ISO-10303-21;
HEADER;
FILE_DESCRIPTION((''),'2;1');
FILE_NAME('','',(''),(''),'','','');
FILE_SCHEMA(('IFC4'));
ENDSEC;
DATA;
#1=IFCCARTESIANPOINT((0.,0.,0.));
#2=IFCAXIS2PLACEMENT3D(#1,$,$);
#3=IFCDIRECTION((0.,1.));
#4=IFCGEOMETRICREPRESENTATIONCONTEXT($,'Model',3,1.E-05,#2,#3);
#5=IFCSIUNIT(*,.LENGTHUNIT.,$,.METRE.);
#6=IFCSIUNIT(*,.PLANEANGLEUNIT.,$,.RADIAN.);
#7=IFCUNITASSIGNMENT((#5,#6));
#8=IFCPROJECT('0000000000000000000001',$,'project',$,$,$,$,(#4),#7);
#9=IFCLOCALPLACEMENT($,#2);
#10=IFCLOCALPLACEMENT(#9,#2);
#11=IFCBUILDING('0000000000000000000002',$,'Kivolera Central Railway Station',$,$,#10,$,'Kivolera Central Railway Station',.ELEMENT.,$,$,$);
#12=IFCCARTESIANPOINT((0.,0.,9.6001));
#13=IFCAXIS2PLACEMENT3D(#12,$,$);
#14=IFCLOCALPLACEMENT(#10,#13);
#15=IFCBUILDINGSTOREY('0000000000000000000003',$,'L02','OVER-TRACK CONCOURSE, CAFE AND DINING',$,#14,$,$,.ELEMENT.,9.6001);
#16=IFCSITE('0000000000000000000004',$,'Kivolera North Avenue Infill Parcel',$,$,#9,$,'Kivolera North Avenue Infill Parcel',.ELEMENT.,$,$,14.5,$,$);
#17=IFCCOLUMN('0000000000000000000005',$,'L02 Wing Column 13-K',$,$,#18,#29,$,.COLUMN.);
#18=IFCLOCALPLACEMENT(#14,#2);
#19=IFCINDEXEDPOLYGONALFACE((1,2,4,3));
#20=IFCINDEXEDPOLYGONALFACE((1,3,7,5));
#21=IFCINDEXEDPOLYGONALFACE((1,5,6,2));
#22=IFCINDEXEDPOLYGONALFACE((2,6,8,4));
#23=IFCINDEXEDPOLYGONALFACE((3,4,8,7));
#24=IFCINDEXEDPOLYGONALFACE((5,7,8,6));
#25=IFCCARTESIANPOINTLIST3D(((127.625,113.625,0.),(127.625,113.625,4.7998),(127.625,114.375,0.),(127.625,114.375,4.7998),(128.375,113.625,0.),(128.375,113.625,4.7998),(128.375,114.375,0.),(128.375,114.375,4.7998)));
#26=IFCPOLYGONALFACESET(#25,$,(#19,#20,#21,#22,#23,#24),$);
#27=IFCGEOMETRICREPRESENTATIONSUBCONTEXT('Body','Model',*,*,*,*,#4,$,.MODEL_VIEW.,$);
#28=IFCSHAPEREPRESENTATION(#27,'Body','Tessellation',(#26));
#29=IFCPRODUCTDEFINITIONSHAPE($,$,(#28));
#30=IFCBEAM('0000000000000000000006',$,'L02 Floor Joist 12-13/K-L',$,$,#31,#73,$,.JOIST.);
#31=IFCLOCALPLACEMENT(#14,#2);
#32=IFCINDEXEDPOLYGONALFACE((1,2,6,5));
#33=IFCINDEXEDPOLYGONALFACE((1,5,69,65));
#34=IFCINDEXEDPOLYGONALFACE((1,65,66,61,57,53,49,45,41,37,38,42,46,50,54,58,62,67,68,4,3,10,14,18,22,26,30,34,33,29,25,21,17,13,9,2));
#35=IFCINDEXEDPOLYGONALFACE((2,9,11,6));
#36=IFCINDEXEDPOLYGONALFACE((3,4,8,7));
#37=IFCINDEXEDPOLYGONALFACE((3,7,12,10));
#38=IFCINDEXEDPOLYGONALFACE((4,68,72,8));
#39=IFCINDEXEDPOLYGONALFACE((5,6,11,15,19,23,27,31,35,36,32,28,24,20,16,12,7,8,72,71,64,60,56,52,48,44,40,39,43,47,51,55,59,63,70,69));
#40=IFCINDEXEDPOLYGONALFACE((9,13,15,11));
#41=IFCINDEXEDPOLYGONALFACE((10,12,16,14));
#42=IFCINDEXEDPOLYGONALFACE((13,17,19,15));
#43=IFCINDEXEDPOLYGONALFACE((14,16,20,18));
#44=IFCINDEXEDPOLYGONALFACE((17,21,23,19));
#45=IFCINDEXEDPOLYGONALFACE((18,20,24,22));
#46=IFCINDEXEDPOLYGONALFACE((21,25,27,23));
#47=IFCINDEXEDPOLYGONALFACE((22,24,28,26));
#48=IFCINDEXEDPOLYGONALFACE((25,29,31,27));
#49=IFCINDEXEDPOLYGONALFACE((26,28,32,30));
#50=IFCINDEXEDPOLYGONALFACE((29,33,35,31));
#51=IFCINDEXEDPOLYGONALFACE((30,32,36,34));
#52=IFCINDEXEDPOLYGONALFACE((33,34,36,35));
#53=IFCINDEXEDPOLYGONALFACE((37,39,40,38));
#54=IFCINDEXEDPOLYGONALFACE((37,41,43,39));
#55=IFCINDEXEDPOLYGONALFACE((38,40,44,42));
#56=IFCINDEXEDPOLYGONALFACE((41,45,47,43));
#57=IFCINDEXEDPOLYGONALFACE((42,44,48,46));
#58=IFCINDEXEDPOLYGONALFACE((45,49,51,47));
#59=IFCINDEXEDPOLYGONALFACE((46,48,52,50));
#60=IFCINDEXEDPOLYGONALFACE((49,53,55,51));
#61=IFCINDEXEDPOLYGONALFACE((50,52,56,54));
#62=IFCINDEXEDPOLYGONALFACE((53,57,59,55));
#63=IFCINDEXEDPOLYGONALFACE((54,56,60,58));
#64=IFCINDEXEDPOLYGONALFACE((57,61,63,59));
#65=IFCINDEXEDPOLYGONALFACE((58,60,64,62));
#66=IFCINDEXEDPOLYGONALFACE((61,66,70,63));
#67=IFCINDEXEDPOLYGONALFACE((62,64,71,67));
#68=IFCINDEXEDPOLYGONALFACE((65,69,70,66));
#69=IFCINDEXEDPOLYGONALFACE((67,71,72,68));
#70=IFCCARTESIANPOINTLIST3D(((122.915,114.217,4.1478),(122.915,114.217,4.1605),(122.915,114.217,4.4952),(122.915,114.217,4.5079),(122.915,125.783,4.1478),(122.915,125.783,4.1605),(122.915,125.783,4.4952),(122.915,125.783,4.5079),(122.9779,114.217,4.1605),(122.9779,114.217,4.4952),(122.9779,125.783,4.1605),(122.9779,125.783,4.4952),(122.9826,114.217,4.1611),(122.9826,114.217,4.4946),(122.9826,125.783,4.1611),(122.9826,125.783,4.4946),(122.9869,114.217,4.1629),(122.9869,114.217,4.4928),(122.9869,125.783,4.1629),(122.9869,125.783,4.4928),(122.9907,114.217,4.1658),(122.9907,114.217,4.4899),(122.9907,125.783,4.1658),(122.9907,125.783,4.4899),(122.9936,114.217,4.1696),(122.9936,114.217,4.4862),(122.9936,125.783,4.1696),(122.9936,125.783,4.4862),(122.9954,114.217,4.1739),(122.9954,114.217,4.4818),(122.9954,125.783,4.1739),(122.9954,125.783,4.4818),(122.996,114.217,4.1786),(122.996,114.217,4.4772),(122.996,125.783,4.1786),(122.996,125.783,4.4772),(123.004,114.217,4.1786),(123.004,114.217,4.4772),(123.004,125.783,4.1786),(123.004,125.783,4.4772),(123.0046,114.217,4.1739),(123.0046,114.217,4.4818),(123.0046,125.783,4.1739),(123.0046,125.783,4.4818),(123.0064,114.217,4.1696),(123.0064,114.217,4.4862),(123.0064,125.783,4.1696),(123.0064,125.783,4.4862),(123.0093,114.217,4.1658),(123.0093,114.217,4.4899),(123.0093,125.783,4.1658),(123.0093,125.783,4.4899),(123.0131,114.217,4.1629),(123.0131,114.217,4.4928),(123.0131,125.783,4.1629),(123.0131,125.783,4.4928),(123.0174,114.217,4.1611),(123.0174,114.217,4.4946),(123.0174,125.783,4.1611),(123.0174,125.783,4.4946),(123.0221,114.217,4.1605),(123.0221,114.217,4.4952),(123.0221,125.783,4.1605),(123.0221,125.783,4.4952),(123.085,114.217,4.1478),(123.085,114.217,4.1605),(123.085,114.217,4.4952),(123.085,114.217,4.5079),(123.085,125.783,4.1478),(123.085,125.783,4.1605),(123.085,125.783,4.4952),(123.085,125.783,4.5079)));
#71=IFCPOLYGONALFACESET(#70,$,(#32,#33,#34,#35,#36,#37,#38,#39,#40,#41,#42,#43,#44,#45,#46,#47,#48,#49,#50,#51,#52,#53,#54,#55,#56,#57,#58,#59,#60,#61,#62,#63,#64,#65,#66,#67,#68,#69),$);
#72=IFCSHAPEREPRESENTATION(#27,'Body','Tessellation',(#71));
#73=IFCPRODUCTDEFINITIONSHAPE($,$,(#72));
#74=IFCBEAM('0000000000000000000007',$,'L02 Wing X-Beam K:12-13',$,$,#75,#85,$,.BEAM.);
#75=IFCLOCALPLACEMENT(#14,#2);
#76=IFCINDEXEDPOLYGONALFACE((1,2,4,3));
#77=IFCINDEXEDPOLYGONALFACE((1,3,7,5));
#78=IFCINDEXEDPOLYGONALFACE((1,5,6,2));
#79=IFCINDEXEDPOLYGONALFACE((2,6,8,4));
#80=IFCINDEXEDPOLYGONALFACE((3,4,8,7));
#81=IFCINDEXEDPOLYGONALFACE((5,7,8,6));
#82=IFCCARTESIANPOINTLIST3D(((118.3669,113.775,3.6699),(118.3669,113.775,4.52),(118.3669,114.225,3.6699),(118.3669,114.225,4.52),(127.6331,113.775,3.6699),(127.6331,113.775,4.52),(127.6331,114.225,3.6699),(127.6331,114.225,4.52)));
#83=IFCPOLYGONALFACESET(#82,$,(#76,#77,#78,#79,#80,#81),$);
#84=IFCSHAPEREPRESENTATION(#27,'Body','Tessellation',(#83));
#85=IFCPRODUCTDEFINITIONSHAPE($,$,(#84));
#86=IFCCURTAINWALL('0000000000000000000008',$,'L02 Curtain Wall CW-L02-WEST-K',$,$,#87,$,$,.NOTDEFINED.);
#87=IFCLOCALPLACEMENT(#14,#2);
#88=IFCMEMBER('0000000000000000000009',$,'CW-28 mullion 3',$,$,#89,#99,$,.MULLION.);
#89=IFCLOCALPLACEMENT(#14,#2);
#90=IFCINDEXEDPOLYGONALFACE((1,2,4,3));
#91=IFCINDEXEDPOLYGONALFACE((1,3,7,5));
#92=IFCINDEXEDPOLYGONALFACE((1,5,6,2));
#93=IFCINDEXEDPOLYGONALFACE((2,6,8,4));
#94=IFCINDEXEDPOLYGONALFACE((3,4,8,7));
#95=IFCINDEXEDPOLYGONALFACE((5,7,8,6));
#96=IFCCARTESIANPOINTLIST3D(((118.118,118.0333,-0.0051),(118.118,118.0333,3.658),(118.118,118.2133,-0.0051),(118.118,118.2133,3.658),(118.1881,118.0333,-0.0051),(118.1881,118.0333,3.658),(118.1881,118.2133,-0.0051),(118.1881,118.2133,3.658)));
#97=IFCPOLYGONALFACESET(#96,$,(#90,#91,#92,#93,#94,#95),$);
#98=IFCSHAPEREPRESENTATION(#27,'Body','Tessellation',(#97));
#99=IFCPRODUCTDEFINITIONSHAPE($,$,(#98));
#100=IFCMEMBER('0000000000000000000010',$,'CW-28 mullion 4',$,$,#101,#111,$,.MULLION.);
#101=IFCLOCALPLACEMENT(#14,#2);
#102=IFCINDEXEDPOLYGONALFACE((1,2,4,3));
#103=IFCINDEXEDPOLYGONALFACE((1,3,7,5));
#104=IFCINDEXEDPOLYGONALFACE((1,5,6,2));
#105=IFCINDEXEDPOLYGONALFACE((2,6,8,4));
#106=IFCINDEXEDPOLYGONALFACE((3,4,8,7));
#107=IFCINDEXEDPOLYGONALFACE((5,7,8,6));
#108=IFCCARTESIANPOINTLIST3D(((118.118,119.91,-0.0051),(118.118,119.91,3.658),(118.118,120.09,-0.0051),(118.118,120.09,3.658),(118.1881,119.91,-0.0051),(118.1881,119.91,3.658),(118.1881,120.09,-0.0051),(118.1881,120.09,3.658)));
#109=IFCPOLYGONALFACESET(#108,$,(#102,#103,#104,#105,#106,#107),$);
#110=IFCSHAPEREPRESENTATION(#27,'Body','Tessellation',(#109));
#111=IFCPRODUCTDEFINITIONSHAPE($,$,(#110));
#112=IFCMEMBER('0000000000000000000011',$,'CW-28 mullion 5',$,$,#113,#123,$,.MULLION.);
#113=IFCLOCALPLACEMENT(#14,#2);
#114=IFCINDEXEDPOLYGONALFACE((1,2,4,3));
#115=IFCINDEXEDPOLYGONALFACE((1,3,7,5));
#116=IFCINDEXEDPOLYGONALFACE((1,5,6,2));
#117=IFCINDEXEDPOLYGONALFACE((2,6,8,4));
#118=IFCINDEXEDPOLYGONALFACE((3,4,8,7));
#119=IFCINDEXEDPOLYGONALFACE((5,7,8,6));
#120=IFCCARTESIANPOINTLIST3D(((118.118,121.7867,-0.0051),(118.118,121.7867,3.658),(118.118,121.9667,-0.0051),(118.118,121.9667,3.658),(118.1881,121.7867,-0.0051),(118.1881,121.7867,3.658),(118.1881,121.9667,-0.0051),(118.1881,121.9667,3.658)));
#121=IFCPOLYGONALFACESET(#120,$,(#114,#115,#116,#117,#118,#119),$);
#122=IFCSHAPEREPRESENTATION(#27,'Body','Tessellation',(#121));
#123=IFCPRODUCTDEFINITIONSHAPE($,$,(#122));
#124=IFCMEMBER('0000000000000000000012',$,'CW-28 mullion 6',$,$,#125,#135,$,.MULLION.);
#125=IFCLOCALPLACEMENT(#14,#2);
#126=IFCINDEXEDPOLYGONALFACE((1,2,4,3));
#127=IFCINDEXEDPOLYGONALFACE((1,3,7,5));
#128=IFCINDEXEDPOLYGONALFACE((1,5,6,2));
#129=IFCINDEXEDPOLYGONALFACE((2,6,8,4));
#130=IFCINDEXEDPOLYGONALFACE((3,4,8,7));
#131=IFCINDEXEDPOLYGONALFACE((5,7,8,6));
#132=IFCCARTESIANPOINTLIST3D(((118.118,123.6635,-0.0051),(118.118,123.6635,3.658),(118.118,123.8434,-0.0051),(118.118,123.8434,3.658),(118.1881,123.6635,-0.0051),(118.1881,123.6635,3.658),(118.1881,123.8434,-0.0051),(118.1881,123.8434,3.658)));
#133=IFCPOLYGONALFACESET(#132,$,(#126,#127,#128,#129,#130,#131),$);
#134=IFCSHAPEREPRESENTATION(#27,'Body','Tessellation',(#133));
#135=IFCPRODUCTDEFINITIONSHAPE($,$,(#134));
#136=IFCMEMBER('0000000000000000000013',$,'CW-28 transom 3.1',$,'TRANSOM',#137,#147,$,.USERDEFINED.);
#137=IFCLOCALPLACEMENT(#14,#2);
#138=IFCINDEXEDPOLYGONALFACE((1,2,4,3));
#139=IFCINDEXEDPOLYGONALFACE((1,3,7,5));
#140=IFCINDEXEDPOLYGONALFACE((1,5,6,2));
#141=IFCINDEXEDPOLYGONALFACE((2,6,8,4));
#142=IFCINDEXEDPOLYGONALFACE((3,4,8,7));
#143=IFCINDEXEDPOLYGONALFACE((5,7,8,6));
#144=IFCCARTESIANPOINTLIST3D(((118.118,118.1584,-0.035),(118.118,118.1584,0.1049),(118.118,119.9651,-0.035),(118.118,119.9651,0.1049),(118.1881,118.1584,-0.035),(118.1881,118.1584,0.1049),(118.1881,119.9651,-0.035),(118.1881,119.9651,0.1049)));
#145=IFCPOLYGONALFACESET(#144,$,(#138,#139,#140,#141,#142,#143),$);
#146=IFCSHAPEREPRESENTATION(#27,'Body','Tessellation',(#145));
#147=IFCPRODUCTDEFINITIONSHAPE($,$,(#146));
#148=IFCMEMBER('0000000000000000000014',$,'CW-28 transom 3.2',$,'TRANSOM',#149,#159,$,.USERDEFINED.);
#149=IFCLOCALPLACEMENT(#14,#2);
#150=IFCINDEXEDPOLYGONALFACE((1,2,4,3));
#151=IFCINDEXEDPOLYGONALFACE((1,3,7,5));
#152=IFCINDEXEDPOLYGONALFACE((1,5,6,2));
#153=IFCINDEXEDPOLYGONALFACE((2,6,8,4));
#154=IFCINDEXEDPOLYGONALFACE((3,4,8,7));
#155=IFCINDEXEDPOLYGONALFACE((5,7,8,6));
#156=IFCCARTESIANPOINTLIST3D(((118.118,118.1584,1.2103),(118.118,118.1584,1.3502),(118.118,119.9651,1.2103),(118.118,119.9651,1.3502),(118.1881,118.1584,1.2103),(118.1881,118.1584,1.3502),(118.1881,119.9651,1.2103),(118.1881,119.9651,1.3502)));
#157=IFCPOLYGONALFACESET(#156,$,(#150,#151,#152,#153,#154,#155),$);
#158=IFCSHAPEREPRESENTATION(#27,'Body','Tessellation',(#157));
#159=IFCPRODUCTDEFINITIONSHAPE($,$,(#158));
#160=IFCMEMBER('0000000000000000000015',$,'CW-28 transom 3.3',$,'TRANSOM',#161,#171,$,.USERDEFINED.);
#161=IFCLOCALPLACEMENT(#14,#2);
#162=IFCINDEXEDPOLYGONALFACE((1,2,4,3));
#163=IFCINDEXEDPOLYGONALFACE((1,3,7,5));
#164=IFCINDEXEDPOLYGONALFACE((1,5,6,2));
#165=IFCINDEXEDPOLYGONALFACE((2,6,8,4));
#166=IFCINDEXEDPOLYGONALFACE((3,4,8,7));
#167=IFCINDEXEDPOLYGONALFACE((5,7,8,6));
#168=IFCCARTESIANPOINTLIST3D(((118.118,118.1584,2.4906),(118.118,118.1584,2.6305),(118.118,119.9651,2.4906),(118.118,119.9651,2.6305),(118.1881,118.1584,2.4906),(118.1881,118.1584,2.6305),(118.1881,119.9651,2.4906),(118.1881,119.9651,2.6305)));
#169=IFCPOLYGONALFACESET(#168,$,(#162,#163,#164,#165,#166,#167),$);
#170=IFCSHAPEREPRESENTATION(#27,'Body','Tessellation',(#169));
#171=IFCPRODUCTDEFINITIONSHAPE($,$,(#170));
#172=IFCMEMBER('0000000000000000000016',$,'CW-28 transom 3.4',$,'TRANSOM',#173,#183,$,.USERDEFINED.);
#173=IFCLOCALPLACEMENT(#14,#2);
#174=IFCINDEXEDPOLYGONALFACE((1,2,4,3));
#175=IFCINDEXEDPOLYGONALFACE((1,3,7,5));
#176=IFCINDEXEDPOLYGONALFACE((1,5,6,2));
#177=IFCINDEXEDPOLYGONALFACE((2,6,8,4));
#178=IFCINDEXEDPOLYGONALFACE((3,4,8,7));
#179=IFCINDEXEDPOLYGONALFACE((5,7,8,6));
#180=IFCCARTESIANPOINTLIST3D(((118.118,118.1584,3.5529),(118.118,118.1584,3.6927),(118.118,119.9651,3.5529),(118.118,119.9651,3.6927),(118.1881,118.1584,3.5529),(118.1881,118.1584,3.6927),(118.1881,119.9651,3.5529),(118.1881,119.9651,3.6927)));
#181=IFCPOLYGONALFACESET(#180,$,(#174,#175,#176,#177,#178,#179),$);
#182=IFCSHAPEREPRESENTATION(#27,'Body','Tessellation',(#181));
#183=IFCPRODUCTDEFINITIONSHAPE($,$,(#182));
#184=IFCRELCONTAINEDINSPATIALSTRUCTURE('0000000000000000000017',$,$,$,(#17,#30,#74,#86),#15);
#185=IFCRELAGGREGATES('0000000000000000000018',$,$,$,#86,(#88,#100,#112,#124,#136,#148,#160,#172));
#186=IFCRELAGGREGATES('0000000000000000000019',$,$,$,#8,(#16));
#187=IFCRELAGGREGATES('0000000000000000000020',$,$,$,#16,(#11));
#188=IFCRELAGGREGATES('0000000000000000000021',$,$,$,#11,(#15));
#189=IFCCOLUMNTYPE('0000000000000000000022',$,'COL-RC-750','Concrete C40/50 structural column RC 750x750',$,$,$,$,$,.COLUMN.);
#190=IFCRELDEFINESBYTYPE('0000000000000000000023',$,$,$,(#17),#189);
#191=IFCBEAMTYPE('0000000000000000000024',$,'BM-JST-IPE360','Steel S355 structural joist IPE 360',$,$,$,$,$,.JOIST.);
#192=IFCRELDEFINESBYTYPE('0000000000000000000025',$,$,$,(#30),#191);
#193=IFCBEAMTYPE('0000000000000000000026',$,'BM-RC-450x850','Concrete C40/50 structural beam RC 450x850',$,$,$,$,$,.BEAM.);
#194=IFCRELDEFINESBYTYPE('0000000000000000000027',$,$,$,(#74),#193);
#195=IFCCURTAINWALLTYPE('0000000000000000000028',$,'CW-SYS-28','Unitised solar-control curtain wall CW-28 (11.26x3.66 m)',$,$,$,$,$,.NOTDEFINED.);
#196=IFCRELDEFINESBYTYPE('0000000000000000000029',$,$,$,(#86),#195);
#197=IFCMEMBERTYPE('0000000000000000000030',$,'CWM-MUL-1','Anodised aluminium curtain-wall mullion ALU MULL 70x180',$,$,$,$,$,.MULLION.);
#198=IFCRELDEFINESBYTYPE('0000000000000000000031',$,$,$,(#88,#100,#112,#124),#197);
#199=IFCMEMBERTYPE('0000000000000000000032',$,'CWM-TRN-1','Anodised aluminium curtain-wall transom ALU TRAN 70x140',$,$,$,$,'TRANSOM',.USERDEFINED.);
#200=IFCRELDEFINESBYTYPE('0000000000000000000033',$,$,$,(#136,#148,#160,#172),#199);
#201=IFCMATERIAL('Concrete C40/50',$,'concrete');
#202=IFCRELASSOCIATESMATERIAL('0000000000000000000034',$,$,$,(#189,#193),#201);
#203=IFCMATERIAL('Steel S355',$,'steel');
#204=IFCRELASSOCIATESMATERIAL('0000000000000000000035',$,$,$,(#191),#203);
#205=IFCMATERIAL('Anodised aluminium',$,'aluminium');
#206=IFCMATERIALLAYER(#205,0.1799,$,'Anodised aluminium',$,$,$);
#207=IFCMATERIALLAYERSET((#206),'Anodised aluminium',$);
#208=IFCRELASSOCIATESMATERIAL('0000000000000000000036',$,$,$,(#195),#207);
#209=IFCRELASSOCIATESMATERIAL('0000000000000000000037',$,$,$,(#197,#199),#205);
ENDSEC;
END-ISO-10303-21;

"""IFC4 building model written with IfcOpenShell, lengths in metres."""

from ifc_helpers import new_model, si_unit, direction, frame, origin, origin_2d, place, context, subcontext, project, spatial, rectangle, i_section, extrude, material, layer, layer_set, material_profile, profile_set, type_object, element, aggregate, save


model = new_model("IFC4")

# Units and contexts
model_context = context("Model", 3, precision=1e-05, world=origin(), true_north=direction((0.0, 1.0)))
body_context = subcontext(model_context, "Body", "Model", "MODEL_VIEW")
ifc_project = project(units=[si_unit("LENGTHUNIT", "METRE"), si_unit("PLANEANGLEUNIT", "RADIAN")], contexts=[model_context])

# Site, building, storey
site_placement = place(None, origin())
site = spatial("IfcSite", under=ifc_project, at=site_placement, Name="Kivolera North Avenue Infill Parcel", LongName="Kivolera North Avenue Infill Parcel", CompositionType="ELEMENT", RefElevation=14.5)
building_placement = place(site_placement, origin())
building = spatial("IfcBuilding", under=site, at=building_placement, Name="Kivolera Central Railway Station", LongName="Kivolera Central Railway Station", CompositionType="ELEMENT")
storey_placement = place(building_placement, frame((0.0, 0.0, 9.6001)))
storey = spatial("IfcBuildingStorey", under=building, at=storey_placement, Name="L02", Description="OVER-TRACK CONCOURSE, CAFE AND DINING", CompositionType="ELEMENT", Elevation=9.6001)

# Column
ifc_material_1 = material(Name="Concrete C40/50", Category="concrete")
ifc_material_profile_1 = material_profile(ifc_material_1, rectangle(XDim=0.75, YDim=0.75, at=origin_2d()), Name="RC 750x750")
ifc_profile_set_1 = profile_set([ifc_material_profile_1], Name="Concrete C40/50")
column_type = type_object("IfcColumnType", Name="COL-RC-750", Description="Concrete C40/50 structural column RC 750x750", PredefinedType="COLUMN", material=ifc_profile_set_1)
column_placement = place(storey_placement, frame((128.0, 114.0, 0.0), z_axis=(0.0, 0.0, 1.0), x_axis=(1.0, 0.0, 0.0)))
element("IfcColumn", 1, at=column_placement, inside=storey, type_object=column_type, Name="L02 Wing Column 13-K", PredefinedType="COLUMN", context=body_context, shape_type="SweptSolid", body=[
    extrude(rectangle(XDim=0.75, YDim=0.75, at=origin_2d()), origin(), (0.0, 0.0, 1.0), 4.7998),
])

# Beams
ifc_material_2 = material(Name="Steel S355", Category="steel")
ifc_material_profile_2 = material_profile(ifc_material_2, i_section(OverallWidth=0.1699, OverallDepth=0.3601, WebThickness=0.0081, FlangeThickness=0.0127, FilletRadius=0.0181, at=origin_2d()), Name="IPE 360")
ifc_profile_set_2 = profile_set([ifc_material_profile_2], Name="Steel S355")
beam_type_1 = type_object("IfcBeamType", Name="BM-JST-IPE360", Description="Steel S355 structural joist IPE 360", PredefinedType="JOIST", material=ifc_profile_set_2)
beam_1_placement = place(storey_placement, frame((123.0, 114.217, 4.3279), z_axis=(0.0, 1.0, 0.0), x_axis=(-1.0, 0.0, 0.0)))
element("IfcBeam", 2, at=beam_1_placement, inside=storey, type_object=beam_type_1, Name="L02 Floor Joist 12-13/K-L", PredefinedType="JOIST", context=body_context, shape_type="SweptSolid", body=[
    extrude(i_section(OverallWidth=0.1699, OverallDepth=0.3601, WebThickness=0.0081, FlangeThickness=0.0127, FilletRadius=0.0181, at=origin_2d()), origin(), (0.0, 0.0, 1.0), 11.5659),
])
ifc_material_profile_3 = material_profile(ifc_material_1, rectangle(XDim=0.45, YDim=0.8501, at=origin_2d()), Name="RC 450x850")
ifc_profile_set_3 = profile_set([ifc_material_profile_3], Name="Concrete C40/50")
beam_type_2 = type_object("IfcBeamType", Name="BM-RC-450x850", Description="Concrete C40/50 structural beam RC 450x850", PredefinedType="BEAM", material=ifc_profile_set_3)
beam_2_placement = place(storey_placement, frame((118.3669, 114.0, 4.095), z_axis=(1.0, 0.0, 0.0), x_axis=(0.0, 1.0, 0.0)))
element("IfcBeam", 3, at=beam_2_placement, inside=storey, type_object=beam_type_2, Name="L02 Wing X-Beam K:12-13", PredefinedType="BEAM", context=body_context, shape_type="SweptSolid", body=[
    extrude(rectangle(XDim=0.45, YDim=0.8501, at=origin_2d()), origin(), (0.0, 0.0, 1.0), 9.2661),
])

# Curtain wall, members
ifc_material_3 = material(Name="Anodised aluminium", Category="aluminium")
ifc_layer_1 = layer(ifc_material_3, 0.1799, Name="Anodised aluminium")
ifc_layer_set_1 = layer_set([ifc_layer_1], Name="Anodised aluminium")
curtain_wall_type = type_object("IfcCurtainWallType", Name="CW-SYS-28", Description="Unitised solar-control curtain wall CW-28 (11.26x3.66 m)", PredefinedType="NOTDEFINED", material=ifc_layer_set_1)
curtain_wall_placement = place(storey_placement, origin())
curtain_wall = element("IfcCurtainWall", 4, at=curtain_wall_placement, inside=storey, type_object=curtain_wall_type, Name="L02 Curtain Wall CW-L02-WEST-K", PredefinedType="NOTDEFINED")
ifc_material_profile_4 = material_profile(ifc_material_3, rectangle(XDim=0.0701, YDim=0.1799, at=origin_2d()), Name="ALU MULL 70x180")
ifc_profile_set_4 = profile_set([ifc_material_profile_4], Name="Anodised aluminium")
member_type_1 = type_object("IfcMemberType", Name="CWM-MUL-1", Description="Anodised aluminium curtain-wall mullion ALU MULL 70x180", PredefinedType="MULLION", material=ifc_profile_set_4)
member_1_placement = place(storey_placement, frame((118.1531, 118.1233, -0.0051), z_axis=(0.0, 0.0, 1.0), x_axis=(-1.0, 0.0, 0.0)))
member_1 = element("IfcMember", 5, at=member_1_placement, type_object=member_type_1, Name="CW-28 mullion 3", PredefinedType="MULLION", context=body_context, shape_type="SweptSolid", body=[
    extrude(rectangle(XDim=0.0701, YDim=0.1799, at=origin_2d()), origin(), (0.0, 0.0, 1.0), 3.6631),
])
member_2_placement = place(storey_placement, frame((118.1531, 120.0, -0.0051), z_axis=(0.0, 0.0, 1.0), x_axis=(-1.0, 0.0, 0.0)))
member_2 = element("IfcMember", 6, at=member_2_placement, type_object=member_type_1, Name="CW-28 mullion 4", PredefinedType="MULLION", context=body_context, shape_type="SweptSolid", body=[
    extrude(rectangle(XDim=0.0701, YDim=0.1799, at=origin_2d()), origin(), (0.0, 0.0, 1.0), 3.6631),
])
member_3_placement = place(storey_placement, frame((118.1531, 121.8767, -0.0051), z_axis=(0.0, 0.0, 1.0), x_axis=(-1.0, 0.0, 0.0)))
member_3 = element("IfcMember", 7, at=member_3_placement, type_object=member_type_1, Name="CW-28 mullion 5", PredefinedType="MULLION", context=body_context, shape_type="SweptSolid", body=[
    extrude(rectangle(XDim=0.0701, YDim=0.1799, at=origin_2d()), origin(), (0.0, 0.0, 1.0), 3.6631),
])
member_4_placement = place(storey_placement, frame((118.1531, 123.7534, -0.0051), z_axis=(0.0, 0.0, 1.0), x_axis=(-1.0, 0.0, 0.0)))
member_4 = element("IfcMember", 8, at=member_4_placement, type_object=member_type_1, Name="CW-28 mullion 6", PredefinedType="MULLION", context=body_context, shape_type="SweptSolid", body=[
    extrude(rectangle(XDim=0.0701, YDim=0.1799, at=origin_2d()), origin(), (0.0, 0.0, 1.0), 3.6631),
])
ifc_material_profile_5 = material_profile(ifc_material_3, rectangle(XDim=0.0701, YDim=0.1399, at=origin_2d()), Name="ALU TRAN 70x140")
ifc_profile_set_5 = profile_set([ifc_material_profile_5], Name="Anodised aluminium")
member_type_2 = type_object("IfcMemberType", Name="CWM-TRN-1", Description="Anodised aluminium curtain-wall transom ALU TRAN 70x140", ElementType="TRANSOM", PredefinedType="USERDEFINED", material=ifc_profile_set_5)
member_5_placement = place(storey_placement, frame((118.1531, 118.1584, 0.0349), z_axis=(0.0, 1.0, 0.0), x_axis=(-1.0, 0.0, 0.0)))
member_5 = element("IfcMember", 9, at=member_5_placement, type_object=member_type_2, Name="CW-28 transom 3.1", ObjectType="TRANSOM", PredefinedType="USERDEFINED", context=body_context, shape_type="SweptSolid", body=[
    extrude(rectangle(XDim=0.0701, YDim=0.1399, at=origin_2d()), origin(), (0.0, 0.0, 1.0), 1.8066),
])
member_6_placement = place(storey_placement, frame((118.1531, 118.1584, 1.2803), z_axis=(0.0, 1.0, 0.0), x_axis=(-1.0, 0.0, 0.0)))
member_6 = element("IfcMember", 10, at=member_6_placement, type_object=member_type_2, Name="CW-28 transom 3.2", ObjectType="TRANSOM", PredefinedType="USERDEFINED", context=body_context, shape_type="SweptSolid", body=[
    extrude(rectangle(XDim=0.0701, YDim=0.1399, at=origin_2d()), origin(), (0.0, 0.0, 1.0), 1.8066),
])
member_7_placement = place(storey_placement, frame((118.1531, 118.1584, 2.5605), z_axis=(0.0, 1.0, 0.0), x_axis=(-1.0, 0.0, 0.0)))
member_7 = element("IfcMember", 11, at=member_7_placement, type_object=member_type_2, Name="CW-28 transom 3.3", ObjectType="TRANSOM", PredefinedType="USERDEFINED", context=body_context, shape_type="SweptSolid", body=[
    extrude(rectangle(XDim=0.0701, YDim=0.1399, at=origin_2d()), origin(), (0.0, 0.0, 1.0), 1.8066),
])
member_8_placement = place(storey_placement, frame((118.1531, 118.1584, 3.6228), z_axis=(0.0, 1.0, 0.0), x_axis=(-1.0, 0.0, 0.0)))
member_8 = element("IfcMember", 12, at=member_8_placement, type_object=member_type_2, Name="CW-28 transom 3.4", ObjectType="TRANSOM", PredefinedType="USERDEFINED", context=body_context, shape_type="SweptSolid", body=[
    extrude(rectangle(XDim=0.0701, YDim=0.1399, at=origin_2d()), origin(), (0.0, 0.0, 1.0), 1.8066),
])
aggregate(curtain_wall, [member_1, member_2, member_3, member_4, member_5, member_6, member_7, member_8])

save(model, "model.ifc")
